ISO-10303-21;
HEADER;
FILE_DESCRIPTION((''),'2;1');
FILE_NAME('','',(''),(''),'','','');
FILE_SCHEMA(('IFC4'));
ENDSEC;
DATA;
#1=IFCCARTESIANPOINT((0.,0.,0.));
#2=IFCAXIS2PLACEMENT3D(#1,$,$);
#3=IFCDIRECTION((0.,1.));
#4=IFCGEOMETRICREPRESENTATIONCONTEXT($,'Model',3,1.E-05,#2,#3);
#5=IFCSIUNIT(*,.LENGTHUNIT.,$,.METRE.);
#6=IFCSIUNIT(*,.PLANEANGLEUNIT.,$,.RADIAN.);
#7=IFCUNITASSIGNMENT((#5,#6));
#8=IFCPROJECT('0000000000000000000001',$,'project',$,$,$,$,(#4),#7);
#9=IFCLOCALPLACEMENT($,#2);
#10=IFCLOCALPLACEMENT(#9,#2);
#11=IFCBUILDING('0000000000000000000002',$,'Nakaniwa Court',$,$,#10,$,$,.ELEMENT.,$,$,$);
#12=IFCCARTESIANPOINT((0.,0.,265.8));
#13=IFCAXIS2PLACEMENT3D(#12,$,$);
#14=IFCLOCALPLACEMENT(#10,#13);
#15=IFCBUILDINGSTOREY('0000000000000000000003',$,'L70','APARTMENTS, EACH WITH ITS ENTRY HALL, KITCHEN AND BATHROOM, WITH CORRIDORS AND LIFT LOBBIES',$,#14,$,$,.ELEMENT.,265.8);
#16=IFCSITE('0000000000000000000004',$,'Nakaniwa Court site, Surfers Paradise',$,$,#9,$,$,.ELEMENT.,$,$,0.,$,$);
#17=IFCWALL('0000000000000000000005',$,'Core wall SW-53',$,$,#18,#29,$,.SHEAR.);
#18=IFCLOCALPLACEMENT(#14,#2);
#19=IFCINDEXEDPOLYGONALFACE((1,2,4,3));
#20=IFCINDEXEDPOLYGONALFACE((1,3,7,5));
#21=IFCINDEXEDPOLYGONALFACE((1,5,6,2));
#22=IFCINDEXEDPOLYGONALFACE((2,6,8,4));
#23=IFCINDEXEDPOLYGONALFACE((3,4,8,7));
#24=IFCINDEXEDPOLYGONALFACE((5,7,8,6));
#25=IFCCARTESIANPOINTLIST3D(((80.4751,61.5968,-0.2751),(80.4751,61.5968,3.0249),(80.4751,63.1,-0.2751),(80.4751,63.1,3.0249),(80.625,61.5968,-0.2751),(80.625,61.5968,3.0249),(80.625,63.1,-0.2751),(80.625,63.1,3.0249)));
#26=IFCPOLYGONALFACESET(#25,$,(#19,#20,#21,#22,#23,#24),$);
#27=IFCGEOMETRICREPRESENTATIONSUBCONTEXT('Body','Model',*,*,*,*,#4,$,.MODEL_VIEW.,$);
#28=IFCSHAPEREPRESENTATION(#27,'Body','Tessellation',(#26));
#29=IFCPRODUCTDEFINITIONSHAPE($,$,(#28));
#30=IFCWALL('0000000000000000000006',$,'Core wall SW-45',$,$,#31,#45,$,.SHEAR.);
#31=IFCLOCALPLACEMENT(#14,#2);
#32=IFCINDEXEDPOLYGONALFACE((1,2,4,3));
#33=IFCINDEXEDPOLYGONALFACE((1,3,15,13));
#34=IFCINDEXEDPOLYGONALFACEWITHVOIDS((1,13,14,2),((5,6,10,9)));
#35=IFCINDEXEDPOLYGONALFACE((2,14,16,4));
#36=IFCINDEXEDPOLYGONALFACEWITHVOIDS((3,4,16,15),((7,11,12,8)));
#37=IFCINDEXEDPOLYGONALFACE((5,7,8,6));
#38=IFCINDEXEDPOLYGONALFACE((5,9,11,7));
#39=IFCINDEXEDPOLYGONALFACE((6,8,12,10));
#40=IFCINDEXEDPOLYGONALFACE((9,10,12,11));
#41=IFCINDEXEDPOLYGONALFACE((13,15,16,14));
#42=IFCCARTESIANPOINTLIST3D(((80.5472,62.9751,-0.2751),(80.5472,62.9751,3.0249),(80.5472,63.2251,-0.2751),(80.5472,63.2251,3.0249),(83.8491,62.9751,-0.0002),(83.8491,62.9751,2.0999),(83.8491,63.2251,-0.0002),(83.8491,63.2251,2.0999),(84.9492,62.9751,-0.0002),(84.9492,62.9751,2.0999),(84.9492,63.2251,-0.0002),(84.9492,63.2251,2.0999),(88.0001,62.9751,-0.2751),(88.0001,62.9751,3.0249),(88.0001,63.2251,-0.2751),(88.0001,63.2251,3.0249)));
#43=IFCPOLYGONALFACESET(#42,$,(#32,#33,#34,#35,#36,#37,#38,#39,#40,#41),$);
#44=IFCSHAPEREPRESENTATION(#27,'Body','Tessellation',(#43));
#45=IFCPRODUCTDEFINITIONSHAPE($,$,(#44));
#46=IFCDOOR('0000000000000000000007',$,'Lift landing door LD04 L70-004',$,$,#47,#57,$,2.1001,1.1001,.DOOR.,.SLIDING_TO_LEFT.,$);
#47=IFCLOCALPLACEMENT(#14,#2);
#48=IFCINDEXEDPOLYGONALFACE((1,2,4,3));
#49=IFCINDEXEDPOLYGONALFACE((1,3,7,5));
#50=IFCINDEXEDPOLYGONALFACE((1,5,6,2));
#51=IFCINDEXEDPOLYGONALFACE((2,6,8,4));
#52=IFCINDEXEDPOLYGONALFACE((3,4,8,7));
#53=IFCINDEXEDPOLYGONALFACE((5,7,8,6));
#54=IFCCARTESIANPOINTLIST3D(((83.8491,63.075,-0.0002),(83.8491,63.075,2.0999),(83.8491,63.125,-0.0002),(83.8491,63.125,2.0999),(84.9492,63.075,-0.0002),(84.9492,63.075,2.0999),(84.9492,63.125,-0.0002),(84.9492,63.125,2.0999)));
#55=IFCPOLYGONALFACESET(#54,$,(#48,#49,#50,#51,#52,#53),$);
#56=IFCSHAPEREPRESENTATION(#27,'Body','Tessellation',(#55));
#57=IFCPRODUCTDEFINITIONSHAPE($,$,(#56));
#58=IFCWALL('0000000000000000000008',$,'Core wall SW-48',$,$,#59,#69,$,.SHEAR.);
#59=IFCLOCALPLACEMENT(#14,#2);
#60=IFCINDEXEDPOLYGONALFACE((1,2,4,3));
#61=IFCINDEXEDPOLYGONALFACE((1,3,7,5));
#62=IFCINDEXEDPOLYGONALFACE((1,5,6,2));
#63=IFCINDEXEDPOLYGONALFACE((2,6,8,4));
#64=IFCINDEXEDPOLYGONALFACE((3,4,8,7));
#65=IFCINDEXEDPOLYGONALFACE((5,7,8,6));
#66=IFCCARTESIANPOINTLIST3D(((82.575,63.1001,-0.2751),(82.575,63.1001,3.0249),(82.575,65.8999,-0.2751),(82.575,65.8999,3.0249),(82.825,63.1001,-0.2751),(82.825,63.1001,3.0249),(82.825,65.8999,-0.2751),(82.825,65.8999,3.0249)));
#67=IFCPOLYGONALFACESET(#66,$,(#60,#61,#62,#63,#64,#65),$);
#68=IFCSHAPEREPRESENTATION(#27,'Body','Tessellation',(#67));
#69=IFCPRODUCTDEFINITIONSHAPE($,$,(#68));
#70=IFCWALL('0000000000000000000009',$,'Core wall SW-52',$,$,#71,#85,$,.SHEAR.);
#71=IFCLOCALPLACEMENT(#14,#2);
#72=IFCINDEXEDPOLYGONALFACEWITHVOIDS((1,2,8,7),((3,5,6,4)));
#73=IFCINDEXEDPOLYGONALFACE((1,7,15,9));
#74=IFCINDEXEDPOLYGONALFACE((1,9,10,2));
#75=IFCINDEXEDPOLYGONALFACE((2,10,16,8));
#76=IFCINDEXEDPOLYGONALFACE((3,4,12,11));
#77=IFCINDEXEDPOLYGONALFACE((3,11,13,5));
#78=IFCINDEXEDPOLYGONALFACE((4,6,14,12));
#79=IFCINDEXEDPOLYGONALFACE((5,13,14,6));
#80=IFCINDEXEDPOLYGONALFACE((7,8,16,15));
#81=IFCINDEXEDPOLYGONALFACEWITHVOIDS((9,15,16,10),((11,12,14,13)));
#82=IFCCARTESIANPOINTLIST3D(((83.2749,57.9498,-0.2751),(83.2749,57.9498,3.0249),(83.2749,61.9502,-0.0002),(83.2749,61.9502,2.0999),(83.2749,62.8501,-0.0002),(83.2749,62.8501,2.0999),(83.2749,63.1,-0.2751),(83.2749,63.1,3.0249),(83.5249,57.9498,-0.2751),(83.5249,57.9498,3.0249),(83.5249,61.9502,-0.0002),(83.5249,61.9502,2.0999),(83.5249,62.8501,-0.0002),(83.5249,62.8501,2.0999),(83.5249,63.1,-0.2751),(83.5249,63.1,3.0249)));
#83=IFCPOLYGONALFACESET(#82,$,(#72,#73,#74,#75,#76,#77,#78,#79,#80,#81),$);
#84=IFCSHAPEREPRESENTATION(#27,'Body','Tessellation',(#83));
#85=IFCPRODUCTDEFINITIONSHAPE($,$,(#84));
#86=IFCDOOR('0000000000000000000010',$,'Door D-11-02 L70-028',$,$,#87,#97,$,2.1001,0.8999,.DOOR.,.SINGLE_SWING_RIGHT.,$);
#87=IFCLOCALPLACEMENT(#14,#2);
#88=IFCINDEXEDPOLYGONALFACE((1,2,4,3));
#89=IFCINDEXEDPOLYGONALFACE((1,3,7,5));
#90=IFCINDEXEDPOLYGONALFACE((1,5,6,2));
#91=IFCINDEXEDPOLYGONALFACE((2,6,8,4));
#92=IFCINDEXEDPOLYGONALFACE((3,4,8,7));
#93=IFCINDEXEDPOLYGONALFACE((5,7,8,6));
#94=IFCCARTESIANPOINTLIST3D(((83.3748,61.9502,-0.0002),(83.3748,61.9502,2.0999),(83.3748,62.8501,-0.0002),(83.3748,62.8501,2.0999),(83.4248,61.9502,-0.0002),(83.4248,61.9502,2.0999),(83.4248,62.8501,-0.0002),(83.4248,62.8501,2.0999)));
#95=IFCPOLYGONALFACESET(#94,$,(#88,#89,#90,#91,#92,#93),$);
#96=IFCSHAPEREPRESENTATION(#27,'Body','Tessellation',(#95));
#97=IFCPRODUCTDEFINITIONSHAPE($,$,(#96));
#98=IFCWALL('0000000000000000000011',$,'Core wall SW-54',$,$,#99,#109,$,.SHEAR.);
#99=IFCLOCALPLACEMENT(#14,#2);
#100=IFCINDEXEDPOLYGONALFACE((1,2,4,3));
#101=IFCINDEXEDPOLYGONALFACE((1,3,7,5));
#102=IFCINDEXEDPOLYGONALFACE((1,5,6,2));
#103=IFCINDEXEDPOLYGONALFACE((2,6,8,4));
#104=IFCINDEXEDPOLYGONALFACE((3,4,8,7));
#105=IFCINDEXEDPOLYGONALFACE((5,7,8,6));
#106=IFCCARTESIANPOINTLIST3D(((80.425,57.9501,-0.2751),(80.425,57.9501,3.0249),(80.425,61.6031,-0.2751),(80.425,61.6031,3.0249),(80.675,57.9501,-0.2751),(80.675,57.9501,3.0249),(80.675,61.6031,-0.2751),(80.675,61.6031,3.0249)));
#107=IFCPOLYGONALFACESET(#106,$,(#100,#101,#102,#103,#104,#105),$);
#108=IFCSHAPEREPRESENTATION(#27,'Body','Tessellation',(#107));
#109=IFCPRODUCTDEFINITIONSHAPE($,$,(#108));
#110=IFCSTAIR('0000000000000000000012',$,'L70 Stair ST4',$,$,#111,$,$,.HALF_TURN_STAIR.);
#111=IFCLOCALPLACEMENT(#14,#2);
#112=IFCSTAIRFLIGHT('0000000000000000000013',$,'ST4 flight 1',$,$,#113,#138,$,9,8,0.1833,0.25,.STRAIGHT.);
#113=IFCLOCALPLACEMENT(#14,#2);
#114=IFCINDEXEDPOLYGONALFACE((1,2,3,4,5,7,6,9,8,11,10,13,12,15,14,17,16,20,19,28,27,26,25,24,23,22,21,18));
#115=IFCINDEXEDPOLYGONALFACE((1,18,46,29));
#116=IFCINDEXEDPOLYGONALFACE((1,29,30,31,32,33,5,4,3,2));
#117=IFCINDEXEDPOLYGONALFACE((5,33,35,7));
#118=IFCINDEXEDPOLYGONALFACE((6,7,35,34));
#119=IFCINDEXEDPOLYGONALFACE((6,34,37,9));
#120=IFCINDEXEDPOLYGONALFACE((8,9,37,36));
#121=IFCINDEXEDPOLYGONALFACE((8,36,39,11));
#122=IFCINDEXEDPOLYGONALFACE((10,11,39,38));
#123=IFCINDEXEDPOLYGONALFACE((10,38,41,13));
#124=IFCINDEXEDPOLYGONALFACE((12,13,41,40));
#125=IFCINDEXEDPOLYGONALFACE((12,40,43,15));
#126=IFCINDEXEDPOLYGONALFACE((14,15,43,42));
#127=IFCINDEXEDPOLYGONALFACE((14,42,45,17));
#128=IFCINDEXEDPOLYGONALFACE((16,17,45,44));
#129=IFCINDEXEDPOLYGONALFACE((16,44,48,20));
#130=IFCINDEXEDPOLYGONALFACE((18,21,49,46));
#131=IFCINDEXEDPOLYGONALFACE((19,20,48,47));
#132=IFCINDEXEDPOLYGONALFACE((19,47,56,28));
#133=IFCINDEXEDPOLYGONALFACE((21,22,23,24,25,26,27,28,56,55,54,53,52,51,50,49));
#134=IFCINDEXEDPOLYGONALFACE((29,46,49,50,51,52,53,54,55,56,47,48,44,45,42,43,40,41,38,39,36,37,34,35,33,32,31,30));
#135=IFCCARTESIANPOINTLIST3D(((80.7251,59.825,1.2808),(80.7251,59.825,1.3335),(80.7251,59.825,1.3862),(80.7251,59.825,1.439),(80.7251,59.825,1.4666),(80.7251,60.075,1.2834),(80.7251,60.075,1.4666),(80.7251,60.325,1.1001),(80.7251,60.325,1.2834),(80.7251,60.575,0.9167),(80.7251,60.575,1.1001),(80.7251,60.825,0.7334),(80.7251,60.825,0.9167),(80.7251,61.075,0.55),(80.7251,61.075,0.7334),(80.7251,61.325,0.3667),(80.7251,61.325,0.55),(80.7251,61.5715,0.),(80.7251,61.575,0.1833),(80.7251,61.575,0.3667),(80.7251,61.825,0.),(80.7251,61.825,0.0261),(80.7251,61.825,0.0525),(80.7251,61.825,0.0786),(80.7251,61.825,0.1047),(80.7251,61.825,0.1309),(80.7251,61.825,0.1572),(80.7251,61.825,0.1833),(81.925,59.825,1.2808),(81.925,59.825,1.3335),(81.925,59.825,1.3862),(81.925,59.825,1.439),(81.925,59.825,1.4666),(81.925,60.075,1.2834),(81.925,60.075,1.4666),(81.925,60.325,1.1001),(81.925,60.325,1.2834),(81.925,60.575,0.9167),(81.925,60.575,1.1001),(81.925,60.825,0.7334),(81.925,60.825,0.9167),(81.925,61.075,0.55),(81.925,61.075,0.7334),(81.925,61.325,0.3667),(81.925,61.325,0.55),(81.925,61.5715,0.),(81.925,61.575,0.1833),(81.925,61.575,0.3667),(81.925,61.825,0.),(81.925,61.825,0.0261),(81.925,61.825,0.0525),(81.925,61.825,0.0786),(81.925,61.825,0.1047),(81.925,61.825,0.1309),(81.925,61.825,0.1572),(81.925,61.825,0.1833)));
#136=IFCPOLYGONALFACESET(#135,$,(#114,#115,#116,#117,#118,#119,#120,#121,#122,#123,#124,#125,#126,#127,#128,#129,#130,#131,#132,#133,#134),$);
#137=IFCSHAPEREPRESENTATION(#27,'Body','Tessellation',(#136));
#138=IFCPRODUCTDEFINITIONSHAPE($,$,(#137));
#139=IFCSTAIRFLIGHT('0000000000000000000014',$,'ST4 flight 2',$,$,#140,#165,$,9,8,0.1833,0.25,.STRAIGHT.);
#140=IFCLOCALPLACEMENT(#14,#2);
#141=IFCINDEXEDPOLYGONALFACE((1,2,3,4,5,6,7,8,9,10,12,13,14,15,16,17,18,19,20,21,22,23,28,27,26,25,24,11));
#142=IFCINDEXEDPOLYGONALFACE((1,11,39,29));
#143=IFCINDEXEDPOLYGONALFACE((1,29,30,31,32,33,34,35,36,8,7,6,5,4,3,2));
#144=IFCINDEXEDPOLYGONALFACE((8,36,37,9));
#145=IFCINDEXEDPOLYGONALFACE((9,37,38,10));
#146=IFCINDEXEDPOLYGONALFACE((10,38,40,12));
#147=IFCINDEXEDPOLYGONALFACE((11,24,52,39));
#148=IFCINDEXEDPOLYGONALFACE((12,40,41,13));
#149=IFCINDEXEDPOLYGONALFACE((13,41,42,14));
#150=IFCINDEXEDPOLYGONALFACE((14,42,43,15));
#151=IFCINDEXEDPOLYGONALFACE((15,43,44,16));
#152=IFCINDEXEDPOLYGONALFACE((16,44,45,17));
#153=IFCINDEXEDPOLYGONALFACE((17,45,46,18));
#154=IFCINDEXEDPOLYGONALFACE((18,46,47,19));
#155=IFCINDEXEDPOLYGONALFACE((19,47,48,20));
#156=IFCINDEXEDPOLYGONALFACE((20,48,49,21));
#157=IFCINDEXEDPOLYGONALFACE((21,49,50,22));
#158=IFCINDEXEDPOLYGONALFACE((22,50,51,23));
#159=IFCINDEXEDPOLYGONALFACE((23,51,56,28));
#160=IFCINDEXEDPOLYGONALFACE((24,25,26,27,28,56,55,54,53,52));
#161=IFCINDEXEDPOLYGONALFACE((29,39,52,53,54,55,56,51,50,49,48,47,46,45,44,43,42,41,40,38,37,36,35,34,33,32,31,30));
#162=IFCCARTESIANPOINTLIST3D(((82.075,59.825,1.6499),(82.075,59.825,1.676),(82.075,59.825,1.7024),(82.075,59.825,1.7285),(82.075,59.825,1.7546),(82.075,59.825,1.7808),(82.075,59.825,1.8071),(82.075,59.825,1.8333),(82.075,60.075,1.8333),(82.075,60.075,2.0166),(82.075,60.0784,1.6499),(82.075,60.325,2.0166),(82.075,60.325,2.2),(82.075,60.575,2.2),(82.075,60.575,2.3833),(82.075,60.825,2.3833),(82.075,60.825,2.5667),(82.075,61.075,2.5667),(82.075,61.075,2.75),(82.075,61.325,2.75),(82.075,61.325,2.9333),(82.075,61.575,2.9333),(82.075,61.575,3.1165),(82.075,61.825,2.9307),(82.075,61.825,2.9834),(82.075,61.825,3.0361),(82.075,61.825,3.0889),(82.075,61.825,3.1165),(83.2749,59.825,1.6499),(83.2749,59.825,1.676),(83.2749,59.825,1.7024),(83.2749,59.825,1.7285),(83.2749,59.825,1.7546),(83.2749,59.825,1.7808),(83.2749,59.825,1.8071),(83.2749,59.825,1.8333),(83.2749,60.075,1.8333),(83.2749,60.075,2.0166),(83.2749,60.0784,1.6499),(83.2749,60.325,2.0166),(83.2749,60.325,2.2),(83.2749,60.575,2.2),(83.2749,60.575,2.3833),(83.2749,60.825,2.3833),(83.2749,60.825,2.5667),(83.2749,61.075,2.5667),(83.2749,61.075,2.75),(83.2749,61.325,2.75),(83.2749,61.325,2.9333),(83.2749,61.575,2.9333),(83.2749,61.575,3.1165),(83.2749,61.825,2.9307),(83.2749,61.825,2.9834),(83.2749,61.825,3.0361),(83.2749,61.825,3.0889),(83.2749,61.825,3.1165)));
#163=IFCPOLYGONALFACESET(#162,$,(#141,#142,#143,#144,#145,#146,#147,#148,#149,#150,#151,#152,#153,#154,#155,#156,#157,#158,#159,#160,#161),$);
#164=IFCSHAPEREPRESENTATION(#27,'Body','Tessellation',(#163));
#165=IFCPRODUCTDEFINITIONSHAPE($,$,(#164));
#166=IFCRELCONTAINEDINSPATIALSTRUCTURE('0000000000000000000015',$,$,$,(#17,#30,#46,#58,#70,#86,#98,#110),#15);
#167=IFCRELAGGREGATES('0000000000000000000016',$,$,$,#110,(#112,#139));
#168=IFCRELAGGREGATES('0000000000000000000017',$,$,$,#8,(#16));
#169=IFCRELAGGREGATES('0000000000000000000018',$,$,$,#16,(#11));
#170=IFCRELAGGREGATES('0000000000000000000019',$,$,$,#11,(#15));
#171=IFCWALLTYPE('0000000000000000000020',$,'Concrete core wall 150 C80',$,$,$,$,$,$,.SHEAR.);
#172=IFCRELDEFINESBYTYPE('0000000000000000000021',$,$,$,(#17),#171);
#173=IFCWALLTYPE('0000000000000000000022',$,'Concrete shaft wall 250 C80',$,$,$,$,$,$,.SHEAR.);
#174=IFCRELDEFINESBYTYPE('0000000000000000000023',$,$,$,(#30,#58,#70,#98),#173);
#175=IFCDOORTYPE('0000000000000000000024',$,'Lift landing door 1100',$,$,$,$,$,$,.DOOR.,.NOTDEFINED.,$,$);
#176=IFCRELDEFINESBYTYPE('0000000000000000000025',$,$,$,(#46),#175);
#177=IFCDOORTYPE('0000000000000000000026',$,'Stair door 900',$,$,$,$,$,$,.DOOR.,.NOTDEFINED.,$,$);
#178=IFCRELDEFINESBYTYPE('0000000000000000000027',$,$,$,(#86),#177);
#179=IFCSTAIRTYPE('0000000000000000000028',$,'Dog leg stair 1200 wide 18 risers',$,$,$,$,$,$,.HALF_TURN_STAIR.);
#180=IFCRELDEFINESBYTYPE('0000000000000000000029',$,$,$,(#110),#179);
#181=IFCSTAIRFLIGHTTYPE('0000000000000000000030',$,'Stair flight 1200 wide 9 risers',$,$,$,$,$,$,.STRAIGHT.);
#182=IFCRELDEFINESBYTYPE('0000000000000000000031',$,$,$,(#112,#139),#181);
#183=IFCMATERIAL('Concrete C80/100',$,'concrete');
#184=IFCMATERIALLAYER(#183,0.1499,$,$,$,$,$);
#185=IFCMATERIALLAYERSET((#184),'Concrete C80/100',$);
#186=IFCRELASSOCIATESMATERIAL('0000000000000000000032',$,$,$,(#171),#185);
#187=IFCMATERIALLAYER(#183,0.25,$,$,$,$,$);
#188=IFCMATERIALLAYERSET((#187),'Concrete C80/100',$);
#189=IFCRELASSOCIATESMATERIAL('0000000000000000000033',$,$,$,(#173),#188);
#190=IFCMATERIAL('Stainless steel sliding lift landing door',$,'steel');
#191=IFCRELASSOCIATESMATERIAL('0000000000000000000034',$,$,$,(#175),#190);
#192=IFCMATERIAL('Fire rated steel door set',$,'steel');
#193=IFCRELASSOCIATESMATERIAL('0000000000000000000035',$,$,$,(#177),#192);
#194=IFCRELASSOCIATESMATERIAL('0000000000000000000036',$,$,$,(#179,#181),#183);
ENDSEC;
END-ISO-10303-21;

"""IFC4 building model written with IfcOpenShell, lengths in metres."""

from ifc_helpers import new_model, si_unit, direction, frame, frame_2d, origin, place, context, subcontext, project, spatial, polyline, rectangle, outline, extrude, material, layer, layer_set, type_object, element, fill, aggregate, save


model = new_model("IFC4")

# Units and contexts
model_context = context("Model", 3, precision=1e-05, world=origin(), true_north=direction((0.0, 1.0)))
body_context = subcontext(model_context, "Body", "Model", "MODEL_VIEW")
ifc_project = project(units=[si_unit("LENGTHUNIT", "METRE"), si_unit("PLANEANGLEUNIT", "RADIAN")], contexts=[model_context])

# Site, building, storey
site_placement = place(None, origin())
site = spatial("IfcSite", under=ifc_project, at=site_placement, Name="Nakaniwa Court site, Surfers Paradise", CompositionType="ELEMENT", RefElevation=0.0)
building_placement = place(site_placement, origin())
building = spatial("IfcBuilding", under=site, at=building_placement, Name="Nakaniwa Court", CompositionType="ELEMENT")
storey_placement = place(building_placement, frame((0.0, 0.0, 265.8)))
storey = spatial("IfcBuildingStorey", under=building, at=storey_placement, Name="L70", Description="APARTMENTS, EACH WITH ITS ENTRY HALL, KITCHEN AND BATHROOM, WITH CORRIDORS AND LIFT LOBBIES", CompositionType="ELEMENT", Elevation=265.8)

# Shared definitions
ifc_material_1 = material(Name="Concrete C80/100", Category="concrete")

# Shared definitions
ifc_material_2 = material(Name="Fire rated steel door set", Category="steel")

# Wall
ifc_layer_1 = layer(ifc_material_1, 0.1499)
ifc_layer_set_1 = layer_set([ifc_layer_1], Name="Concrete C80/100")
wall_type_1 = type_object("IfcWallType", Name="Concrete core wall 150 C80", PredefinedType="SHEAR", material=ifc_layer_set_1)
wall_1_placement = place(storey_placement, frame((80.55, 61.5969, -0.2751), z_axis=(0.0, 0.0, 1.0), x_axis=(0.0, 1.0, 0.0)))
element("IfcWall", 1, at=wall_1_placement, inside=storey, type_object=wall_type_1, Name="Core wall SW-53", PredefinedType="SHEAR", context=body_context, shape_type="SweptSolid", body=[
    extrude(rectangle(XDim=1.5032, YDim=0.1499, at=frame_2d((0.7515, 0.0))), origin(), (0.0, 0.0, 1.0), 3.3),
])

# Wall, opening, door
ifc_layer_2 = layer(ifc_material_1, 0.25)
ifc_layer_set_2 = layer_set([ifc_layer_2], Name="Concrete C80/100")
wall_type_2 = type_object("IfcWallType", Name="Concrete shaft wall 250 C80", PredefinedType="SHEAR", material=ifc_layer_set_2)
wall_2_placement = place(storey_placement, frame((80.5471, 63.1001, -0.2751), z_axis=(0.0, 0.0, 1.0), x_axis=(1.0, 0.0, 0.0)))
wall_2 = element("IfcWall", 2, at=wall_2_placement, inside=storey, type_object=wall_type_2, Name="Core wall SW-45", PredefinedType="SHEAR", context=body_context, shape_type="SweptSolid", body=[
    extrude(rectangle(XDim=7.4529, YDim=0.25, at=frame_2d((3.7266, 0.0))), origin(), (0.0, 0.0, 1.0), 3.3),
])
opening_1_placement = place(wall_2_placement, frame((3.302, 0.0, 0.2749)))
opening_1 = element("IfcOpeningElement", 3, at=opening_1_placement, cuts=wall_2, PredefinedType="OPENING", context=body_context, shape_type="SweptSolid", body=[
    extrude(rectangle(XDim=1.1001, YDim=2.1001, at=frame_2d((0.55, 1.05))), frame((0.0, 0.135, 0.0), z_axis=(0.0, -1.0, 0.0), x_axis=(1.0, 0.0, 0.0)), (0.0, 0.0, 1.0), 0.27),
])
ifc_material_3 = material(Name="Stainless steel sliding lift landing door", Category="steel")
door_type_1 = type_object("IfcDoorType", Name="Lift landing door 1100", OperationType="NOTDEFINED", PredefinedType="DOOR", material=ifc_material_3)
door_1_placement = place(opening_1_placement, origin())
door_1 = element("IfcDoor", 4, at=door_1_placement, inside=storey, type_object=door_type_1, Name="Lift landing door LD04 L70-004", OperationType="SLIDING_TO_LEFT", OverallHeight=2.1001, OverallWidth=1.1001, PredefinedType="DOOR", context=body_context, shape_type="SweptSolid", body=[
    extrude(rectangle(XDim=1.1001, YDim=2.1001, at=frame_2d((0.55, 1.05))), frame((0.0, 0.0249, 0.0), z_axis=(0.0, -1.0, 0.0), x_axis=(1.0, 0.0, 0.0)), (0.0, 0.0, 1.0), 0.05),
])
fill(opening_1, door_1)

# Wall
wall_3_placement = place(storey_placement, frame((82.7, 63.1001, -0.2751), z_axis=(0.0, 0.0, 1.0), x_axis=(0.0, 1.0, 0.0)))
element("IfcWall", 5, at=wall_3_placement, inside=storey, type_object=wall_type_2, Name="Core wall SW-48", PredefinedType="SHEAR", context=body_context, shape_type="SweptSolid", body=[
    extrude(rectangle(XDim=2.7998, YDim=0.25, at=frame_2d((1.3999, 0.0))), origin(), (0.0, 0.0, 1.0), 3.3),
])

# Wall, opening, door
wall_4_placement = place(storey_placement, frame((83.3999, 63.1001, -0.2751), z_axis=(0.0, 0.0, 1.0), x_axis=(0.0, -1.0, 0.0)))
wall_4 = element("IfcWall", 6, at=wall_4_placement, inside=storey, type_object=wall_type_2, Name="Core wall SW-52", PredefinedType="SHEAR", context=body_context, shape_type="SweptSolid", body=[
    extrude(rectangle(XDim=5.1501, YDim=0.25, at=frame_2d((2.5752, 0.0))), origin(), (0.0, 0.0, 1.0), 3.3),
])
opening_2_placement = place(wall_4_placement, frame((0.25, 0.0, 0.2749)))
opening_2 = element("IfcOpeningElement", 7, at=opening_2_placement, cuts=wall_4, PredefinedType="OPENING", context=body_context, shape_type="SweptSolid", body=[
    extrude(rectangle(XDim=0.8999, YDim=2.1001, at=frame_2d((0.45, 1.05))), frame((0.0, 0.135, 0.0), z_axis=(0.0, -1.0, 0.0), x_axis=(1.0, 0.0, 0.0)), (0.0, 0.0, 1.0), 0.27),
])
door_type_2 = type_object("IfcDoorType", Name="Stair door 900", OperationType="NOTDEFINED", PredefinedType="DOOR", material=ifc_material_2)
door_2_placement = place(opening_2_placement, origin())
door_2 = element("IfcDoor", 8, at=door_2_placement, inside=storey, type_object=door_type_2, Name="Door D-11-02 L70-028", OperationType="SINGLE_SWING_RIGHT", OverallHeight=2.1001, OverallWidth=0.8999, PredefinedType="DOOR", context=body_context, shape_type="SweptSolid", body=[
    extrude(rectangle(XDim=0.8999, YDim=2.1001, at=frame_2d((0.45, 1.05))), frame((0.0, 0.0249, 0.0), z_axis=(0.0, -1.0, 0.0), x_axis=(1.0, 0.0, 0.0)), (0.0, 0.0, 1.0), 0.05),
])
fill(opening_2, door_2)

# Wall
wall_5_placement = place(storey_placement, frame((80.55, 57.95, -0.2751), z_axis=(0.0, 0.0, 1.0), x_axis=(0.0, 1.0, 0.0)))
element("IfcWall", 9, at=wall_5_placement, inside=storey, type_object=wall_type_2, Name="Core wall SW-54", PredefinedType="SHEAR", context=body_context, shape_type="SweptSolid", body=[
    extrude(rectangle(XDim=3.6531, YDim=0.25, at=frame_2d((1.8267, 0.0))), origin(), (0.0, 0.0, 1.0), 3.3),
])

# Stair, stair flights
stair_type = type_object("IfcStairType", Name="Dog leg stair 1200 wide 18 risers", PredefinedType="HALF_TURN_STAIR", material=ifc_material_1)
stair_placement = place(storey_placement, origin())
stair = element("IfcStair", 10, at=stair_placement, inside=storey, type_object=stair_type, Name="L70 Stair ST4", PredefinedType="HALF_TURN_STAIR")
stair_flight_type = type_object("IfcStairFlightType", Name="Stair flight 1200 wide 9 risers", PredefinedType="STRAIGHT", material=ifc_material_1)
stair_flight_1_placement = place(storey_placement, frame((81.325, 61.825, 0.0), z_axis=(0.0, 0.0, 1.0), x_axis=(0.0, -1.0, 0.0)))
stair_flight_1 = element("IfcStairFlight", 11, at=stair_flight_1_placement, type_object=stair_flight_type, Name="ST4 flight 1", NumberOfRisers=9, NumberOfTreads=8, PredefinedType="STRAIGHT", RiserHeight=0.1833, TreadLength=0.25, context=body_context, shape_type="SweptSolid", body=[
    extrude(outline(polyline([(0.0, 0.0), (0.0, 0.0261), (0.0, 0.0525), (0.0, 0.0786), (0.0, 0.1047), (0.0, 0.1309), (0.0, 0.1572), (0.0, 0.1833), (0.25, 0.1833), (0.25, 0.3667), (0.5, 0.3667), (0.5, 0.55), (0.75, 0.55), (0.75, 0.7334), (1.0, 0.7334), (1.0, 0.9167), (1.25, 0.9167), (1.25, 1.1001), (1.5, 1.1001), (1.5, 1.2834), (1.75, 1.2834), (1.75, 1.4666), (2.0, 1.4666), (2.0, 1.6499), (2.0, 1.5972), (2.0, 1.5444), (2.0, 1.4917), (2.0, 1.439), (2.0, 1.3862), (2.0, 1.3335), (2.0, 1.2808), (0.2534, 0.0), (0.0, 0.0)])), frame((0.0, 0.6001, 0.0), z_axis=(0.0, -1.0, 0.0), x_axis=(1.0, 0.0, 0.0)), (0.0, 0.0, 1.0), 1.2),
])
stair_flight_2_placement = place(storey_placement, frame((82.675, 59.825, 1.6499), z_axis=(0.0, 0.0, 1.0), x_axis=(0.0, 1.0, 0.0)))
stair_flight_2 = element("IfcStairFlight", 12, at=stair_flight_2_placement, type_object=stair_flight_type, Name="ST4 flight 2", NumberOfRisers=9, NumberOfTreads=8, PredefinedType="STRAIGHT", RiserHeight=0.1833, TreadLength=0.25, context=body_context, shape_type="SweptSolid", body=[
    extrude(outline(polyline([(0.0, 0.0), (0.0, 0.0261), (0.0, 0.0525), (0.0, 0.0786), (0.0, 0.1047), (0.0, 0.1309), (0.0, 0.1572), (0.0, 0.1833), (0.25, 0.1833), (0.25, 0.3667), (0.5, 0.3667), (0.5, 0.55), (0.75, 0.55), (0.75, 0.7334), (1.0, 0.7334), (1.0, 0.9167), (1.25, 0.9167), (1.25, 1.1001), (1.5, 1.1001), (1.5, 1.2834), (1.75, 1.2834), (1.75, 1.4666), (2.0, 1.4666), (2.0, 1.6499), (2.0, 1.5972), (2.0, 1.5444), (2.0, 1.4917), (2.0, 1.439), (2.0, 1.3862), (2.0, 1.3335), (2.0, 1.2808), (0.2534, 0.0), (0.0, 0.0)])), frame((0.0, 0.6001, 0.0), z_axis=(0.0, -1.0, 0.0), x_axis=(1.0, 0.0, 0.0)), (0.0, 0.0, 1.0), 1.2),
])
aggregate(stair, [stair_flight_1, stair_flight_2])

save(model, "model.ifc")
